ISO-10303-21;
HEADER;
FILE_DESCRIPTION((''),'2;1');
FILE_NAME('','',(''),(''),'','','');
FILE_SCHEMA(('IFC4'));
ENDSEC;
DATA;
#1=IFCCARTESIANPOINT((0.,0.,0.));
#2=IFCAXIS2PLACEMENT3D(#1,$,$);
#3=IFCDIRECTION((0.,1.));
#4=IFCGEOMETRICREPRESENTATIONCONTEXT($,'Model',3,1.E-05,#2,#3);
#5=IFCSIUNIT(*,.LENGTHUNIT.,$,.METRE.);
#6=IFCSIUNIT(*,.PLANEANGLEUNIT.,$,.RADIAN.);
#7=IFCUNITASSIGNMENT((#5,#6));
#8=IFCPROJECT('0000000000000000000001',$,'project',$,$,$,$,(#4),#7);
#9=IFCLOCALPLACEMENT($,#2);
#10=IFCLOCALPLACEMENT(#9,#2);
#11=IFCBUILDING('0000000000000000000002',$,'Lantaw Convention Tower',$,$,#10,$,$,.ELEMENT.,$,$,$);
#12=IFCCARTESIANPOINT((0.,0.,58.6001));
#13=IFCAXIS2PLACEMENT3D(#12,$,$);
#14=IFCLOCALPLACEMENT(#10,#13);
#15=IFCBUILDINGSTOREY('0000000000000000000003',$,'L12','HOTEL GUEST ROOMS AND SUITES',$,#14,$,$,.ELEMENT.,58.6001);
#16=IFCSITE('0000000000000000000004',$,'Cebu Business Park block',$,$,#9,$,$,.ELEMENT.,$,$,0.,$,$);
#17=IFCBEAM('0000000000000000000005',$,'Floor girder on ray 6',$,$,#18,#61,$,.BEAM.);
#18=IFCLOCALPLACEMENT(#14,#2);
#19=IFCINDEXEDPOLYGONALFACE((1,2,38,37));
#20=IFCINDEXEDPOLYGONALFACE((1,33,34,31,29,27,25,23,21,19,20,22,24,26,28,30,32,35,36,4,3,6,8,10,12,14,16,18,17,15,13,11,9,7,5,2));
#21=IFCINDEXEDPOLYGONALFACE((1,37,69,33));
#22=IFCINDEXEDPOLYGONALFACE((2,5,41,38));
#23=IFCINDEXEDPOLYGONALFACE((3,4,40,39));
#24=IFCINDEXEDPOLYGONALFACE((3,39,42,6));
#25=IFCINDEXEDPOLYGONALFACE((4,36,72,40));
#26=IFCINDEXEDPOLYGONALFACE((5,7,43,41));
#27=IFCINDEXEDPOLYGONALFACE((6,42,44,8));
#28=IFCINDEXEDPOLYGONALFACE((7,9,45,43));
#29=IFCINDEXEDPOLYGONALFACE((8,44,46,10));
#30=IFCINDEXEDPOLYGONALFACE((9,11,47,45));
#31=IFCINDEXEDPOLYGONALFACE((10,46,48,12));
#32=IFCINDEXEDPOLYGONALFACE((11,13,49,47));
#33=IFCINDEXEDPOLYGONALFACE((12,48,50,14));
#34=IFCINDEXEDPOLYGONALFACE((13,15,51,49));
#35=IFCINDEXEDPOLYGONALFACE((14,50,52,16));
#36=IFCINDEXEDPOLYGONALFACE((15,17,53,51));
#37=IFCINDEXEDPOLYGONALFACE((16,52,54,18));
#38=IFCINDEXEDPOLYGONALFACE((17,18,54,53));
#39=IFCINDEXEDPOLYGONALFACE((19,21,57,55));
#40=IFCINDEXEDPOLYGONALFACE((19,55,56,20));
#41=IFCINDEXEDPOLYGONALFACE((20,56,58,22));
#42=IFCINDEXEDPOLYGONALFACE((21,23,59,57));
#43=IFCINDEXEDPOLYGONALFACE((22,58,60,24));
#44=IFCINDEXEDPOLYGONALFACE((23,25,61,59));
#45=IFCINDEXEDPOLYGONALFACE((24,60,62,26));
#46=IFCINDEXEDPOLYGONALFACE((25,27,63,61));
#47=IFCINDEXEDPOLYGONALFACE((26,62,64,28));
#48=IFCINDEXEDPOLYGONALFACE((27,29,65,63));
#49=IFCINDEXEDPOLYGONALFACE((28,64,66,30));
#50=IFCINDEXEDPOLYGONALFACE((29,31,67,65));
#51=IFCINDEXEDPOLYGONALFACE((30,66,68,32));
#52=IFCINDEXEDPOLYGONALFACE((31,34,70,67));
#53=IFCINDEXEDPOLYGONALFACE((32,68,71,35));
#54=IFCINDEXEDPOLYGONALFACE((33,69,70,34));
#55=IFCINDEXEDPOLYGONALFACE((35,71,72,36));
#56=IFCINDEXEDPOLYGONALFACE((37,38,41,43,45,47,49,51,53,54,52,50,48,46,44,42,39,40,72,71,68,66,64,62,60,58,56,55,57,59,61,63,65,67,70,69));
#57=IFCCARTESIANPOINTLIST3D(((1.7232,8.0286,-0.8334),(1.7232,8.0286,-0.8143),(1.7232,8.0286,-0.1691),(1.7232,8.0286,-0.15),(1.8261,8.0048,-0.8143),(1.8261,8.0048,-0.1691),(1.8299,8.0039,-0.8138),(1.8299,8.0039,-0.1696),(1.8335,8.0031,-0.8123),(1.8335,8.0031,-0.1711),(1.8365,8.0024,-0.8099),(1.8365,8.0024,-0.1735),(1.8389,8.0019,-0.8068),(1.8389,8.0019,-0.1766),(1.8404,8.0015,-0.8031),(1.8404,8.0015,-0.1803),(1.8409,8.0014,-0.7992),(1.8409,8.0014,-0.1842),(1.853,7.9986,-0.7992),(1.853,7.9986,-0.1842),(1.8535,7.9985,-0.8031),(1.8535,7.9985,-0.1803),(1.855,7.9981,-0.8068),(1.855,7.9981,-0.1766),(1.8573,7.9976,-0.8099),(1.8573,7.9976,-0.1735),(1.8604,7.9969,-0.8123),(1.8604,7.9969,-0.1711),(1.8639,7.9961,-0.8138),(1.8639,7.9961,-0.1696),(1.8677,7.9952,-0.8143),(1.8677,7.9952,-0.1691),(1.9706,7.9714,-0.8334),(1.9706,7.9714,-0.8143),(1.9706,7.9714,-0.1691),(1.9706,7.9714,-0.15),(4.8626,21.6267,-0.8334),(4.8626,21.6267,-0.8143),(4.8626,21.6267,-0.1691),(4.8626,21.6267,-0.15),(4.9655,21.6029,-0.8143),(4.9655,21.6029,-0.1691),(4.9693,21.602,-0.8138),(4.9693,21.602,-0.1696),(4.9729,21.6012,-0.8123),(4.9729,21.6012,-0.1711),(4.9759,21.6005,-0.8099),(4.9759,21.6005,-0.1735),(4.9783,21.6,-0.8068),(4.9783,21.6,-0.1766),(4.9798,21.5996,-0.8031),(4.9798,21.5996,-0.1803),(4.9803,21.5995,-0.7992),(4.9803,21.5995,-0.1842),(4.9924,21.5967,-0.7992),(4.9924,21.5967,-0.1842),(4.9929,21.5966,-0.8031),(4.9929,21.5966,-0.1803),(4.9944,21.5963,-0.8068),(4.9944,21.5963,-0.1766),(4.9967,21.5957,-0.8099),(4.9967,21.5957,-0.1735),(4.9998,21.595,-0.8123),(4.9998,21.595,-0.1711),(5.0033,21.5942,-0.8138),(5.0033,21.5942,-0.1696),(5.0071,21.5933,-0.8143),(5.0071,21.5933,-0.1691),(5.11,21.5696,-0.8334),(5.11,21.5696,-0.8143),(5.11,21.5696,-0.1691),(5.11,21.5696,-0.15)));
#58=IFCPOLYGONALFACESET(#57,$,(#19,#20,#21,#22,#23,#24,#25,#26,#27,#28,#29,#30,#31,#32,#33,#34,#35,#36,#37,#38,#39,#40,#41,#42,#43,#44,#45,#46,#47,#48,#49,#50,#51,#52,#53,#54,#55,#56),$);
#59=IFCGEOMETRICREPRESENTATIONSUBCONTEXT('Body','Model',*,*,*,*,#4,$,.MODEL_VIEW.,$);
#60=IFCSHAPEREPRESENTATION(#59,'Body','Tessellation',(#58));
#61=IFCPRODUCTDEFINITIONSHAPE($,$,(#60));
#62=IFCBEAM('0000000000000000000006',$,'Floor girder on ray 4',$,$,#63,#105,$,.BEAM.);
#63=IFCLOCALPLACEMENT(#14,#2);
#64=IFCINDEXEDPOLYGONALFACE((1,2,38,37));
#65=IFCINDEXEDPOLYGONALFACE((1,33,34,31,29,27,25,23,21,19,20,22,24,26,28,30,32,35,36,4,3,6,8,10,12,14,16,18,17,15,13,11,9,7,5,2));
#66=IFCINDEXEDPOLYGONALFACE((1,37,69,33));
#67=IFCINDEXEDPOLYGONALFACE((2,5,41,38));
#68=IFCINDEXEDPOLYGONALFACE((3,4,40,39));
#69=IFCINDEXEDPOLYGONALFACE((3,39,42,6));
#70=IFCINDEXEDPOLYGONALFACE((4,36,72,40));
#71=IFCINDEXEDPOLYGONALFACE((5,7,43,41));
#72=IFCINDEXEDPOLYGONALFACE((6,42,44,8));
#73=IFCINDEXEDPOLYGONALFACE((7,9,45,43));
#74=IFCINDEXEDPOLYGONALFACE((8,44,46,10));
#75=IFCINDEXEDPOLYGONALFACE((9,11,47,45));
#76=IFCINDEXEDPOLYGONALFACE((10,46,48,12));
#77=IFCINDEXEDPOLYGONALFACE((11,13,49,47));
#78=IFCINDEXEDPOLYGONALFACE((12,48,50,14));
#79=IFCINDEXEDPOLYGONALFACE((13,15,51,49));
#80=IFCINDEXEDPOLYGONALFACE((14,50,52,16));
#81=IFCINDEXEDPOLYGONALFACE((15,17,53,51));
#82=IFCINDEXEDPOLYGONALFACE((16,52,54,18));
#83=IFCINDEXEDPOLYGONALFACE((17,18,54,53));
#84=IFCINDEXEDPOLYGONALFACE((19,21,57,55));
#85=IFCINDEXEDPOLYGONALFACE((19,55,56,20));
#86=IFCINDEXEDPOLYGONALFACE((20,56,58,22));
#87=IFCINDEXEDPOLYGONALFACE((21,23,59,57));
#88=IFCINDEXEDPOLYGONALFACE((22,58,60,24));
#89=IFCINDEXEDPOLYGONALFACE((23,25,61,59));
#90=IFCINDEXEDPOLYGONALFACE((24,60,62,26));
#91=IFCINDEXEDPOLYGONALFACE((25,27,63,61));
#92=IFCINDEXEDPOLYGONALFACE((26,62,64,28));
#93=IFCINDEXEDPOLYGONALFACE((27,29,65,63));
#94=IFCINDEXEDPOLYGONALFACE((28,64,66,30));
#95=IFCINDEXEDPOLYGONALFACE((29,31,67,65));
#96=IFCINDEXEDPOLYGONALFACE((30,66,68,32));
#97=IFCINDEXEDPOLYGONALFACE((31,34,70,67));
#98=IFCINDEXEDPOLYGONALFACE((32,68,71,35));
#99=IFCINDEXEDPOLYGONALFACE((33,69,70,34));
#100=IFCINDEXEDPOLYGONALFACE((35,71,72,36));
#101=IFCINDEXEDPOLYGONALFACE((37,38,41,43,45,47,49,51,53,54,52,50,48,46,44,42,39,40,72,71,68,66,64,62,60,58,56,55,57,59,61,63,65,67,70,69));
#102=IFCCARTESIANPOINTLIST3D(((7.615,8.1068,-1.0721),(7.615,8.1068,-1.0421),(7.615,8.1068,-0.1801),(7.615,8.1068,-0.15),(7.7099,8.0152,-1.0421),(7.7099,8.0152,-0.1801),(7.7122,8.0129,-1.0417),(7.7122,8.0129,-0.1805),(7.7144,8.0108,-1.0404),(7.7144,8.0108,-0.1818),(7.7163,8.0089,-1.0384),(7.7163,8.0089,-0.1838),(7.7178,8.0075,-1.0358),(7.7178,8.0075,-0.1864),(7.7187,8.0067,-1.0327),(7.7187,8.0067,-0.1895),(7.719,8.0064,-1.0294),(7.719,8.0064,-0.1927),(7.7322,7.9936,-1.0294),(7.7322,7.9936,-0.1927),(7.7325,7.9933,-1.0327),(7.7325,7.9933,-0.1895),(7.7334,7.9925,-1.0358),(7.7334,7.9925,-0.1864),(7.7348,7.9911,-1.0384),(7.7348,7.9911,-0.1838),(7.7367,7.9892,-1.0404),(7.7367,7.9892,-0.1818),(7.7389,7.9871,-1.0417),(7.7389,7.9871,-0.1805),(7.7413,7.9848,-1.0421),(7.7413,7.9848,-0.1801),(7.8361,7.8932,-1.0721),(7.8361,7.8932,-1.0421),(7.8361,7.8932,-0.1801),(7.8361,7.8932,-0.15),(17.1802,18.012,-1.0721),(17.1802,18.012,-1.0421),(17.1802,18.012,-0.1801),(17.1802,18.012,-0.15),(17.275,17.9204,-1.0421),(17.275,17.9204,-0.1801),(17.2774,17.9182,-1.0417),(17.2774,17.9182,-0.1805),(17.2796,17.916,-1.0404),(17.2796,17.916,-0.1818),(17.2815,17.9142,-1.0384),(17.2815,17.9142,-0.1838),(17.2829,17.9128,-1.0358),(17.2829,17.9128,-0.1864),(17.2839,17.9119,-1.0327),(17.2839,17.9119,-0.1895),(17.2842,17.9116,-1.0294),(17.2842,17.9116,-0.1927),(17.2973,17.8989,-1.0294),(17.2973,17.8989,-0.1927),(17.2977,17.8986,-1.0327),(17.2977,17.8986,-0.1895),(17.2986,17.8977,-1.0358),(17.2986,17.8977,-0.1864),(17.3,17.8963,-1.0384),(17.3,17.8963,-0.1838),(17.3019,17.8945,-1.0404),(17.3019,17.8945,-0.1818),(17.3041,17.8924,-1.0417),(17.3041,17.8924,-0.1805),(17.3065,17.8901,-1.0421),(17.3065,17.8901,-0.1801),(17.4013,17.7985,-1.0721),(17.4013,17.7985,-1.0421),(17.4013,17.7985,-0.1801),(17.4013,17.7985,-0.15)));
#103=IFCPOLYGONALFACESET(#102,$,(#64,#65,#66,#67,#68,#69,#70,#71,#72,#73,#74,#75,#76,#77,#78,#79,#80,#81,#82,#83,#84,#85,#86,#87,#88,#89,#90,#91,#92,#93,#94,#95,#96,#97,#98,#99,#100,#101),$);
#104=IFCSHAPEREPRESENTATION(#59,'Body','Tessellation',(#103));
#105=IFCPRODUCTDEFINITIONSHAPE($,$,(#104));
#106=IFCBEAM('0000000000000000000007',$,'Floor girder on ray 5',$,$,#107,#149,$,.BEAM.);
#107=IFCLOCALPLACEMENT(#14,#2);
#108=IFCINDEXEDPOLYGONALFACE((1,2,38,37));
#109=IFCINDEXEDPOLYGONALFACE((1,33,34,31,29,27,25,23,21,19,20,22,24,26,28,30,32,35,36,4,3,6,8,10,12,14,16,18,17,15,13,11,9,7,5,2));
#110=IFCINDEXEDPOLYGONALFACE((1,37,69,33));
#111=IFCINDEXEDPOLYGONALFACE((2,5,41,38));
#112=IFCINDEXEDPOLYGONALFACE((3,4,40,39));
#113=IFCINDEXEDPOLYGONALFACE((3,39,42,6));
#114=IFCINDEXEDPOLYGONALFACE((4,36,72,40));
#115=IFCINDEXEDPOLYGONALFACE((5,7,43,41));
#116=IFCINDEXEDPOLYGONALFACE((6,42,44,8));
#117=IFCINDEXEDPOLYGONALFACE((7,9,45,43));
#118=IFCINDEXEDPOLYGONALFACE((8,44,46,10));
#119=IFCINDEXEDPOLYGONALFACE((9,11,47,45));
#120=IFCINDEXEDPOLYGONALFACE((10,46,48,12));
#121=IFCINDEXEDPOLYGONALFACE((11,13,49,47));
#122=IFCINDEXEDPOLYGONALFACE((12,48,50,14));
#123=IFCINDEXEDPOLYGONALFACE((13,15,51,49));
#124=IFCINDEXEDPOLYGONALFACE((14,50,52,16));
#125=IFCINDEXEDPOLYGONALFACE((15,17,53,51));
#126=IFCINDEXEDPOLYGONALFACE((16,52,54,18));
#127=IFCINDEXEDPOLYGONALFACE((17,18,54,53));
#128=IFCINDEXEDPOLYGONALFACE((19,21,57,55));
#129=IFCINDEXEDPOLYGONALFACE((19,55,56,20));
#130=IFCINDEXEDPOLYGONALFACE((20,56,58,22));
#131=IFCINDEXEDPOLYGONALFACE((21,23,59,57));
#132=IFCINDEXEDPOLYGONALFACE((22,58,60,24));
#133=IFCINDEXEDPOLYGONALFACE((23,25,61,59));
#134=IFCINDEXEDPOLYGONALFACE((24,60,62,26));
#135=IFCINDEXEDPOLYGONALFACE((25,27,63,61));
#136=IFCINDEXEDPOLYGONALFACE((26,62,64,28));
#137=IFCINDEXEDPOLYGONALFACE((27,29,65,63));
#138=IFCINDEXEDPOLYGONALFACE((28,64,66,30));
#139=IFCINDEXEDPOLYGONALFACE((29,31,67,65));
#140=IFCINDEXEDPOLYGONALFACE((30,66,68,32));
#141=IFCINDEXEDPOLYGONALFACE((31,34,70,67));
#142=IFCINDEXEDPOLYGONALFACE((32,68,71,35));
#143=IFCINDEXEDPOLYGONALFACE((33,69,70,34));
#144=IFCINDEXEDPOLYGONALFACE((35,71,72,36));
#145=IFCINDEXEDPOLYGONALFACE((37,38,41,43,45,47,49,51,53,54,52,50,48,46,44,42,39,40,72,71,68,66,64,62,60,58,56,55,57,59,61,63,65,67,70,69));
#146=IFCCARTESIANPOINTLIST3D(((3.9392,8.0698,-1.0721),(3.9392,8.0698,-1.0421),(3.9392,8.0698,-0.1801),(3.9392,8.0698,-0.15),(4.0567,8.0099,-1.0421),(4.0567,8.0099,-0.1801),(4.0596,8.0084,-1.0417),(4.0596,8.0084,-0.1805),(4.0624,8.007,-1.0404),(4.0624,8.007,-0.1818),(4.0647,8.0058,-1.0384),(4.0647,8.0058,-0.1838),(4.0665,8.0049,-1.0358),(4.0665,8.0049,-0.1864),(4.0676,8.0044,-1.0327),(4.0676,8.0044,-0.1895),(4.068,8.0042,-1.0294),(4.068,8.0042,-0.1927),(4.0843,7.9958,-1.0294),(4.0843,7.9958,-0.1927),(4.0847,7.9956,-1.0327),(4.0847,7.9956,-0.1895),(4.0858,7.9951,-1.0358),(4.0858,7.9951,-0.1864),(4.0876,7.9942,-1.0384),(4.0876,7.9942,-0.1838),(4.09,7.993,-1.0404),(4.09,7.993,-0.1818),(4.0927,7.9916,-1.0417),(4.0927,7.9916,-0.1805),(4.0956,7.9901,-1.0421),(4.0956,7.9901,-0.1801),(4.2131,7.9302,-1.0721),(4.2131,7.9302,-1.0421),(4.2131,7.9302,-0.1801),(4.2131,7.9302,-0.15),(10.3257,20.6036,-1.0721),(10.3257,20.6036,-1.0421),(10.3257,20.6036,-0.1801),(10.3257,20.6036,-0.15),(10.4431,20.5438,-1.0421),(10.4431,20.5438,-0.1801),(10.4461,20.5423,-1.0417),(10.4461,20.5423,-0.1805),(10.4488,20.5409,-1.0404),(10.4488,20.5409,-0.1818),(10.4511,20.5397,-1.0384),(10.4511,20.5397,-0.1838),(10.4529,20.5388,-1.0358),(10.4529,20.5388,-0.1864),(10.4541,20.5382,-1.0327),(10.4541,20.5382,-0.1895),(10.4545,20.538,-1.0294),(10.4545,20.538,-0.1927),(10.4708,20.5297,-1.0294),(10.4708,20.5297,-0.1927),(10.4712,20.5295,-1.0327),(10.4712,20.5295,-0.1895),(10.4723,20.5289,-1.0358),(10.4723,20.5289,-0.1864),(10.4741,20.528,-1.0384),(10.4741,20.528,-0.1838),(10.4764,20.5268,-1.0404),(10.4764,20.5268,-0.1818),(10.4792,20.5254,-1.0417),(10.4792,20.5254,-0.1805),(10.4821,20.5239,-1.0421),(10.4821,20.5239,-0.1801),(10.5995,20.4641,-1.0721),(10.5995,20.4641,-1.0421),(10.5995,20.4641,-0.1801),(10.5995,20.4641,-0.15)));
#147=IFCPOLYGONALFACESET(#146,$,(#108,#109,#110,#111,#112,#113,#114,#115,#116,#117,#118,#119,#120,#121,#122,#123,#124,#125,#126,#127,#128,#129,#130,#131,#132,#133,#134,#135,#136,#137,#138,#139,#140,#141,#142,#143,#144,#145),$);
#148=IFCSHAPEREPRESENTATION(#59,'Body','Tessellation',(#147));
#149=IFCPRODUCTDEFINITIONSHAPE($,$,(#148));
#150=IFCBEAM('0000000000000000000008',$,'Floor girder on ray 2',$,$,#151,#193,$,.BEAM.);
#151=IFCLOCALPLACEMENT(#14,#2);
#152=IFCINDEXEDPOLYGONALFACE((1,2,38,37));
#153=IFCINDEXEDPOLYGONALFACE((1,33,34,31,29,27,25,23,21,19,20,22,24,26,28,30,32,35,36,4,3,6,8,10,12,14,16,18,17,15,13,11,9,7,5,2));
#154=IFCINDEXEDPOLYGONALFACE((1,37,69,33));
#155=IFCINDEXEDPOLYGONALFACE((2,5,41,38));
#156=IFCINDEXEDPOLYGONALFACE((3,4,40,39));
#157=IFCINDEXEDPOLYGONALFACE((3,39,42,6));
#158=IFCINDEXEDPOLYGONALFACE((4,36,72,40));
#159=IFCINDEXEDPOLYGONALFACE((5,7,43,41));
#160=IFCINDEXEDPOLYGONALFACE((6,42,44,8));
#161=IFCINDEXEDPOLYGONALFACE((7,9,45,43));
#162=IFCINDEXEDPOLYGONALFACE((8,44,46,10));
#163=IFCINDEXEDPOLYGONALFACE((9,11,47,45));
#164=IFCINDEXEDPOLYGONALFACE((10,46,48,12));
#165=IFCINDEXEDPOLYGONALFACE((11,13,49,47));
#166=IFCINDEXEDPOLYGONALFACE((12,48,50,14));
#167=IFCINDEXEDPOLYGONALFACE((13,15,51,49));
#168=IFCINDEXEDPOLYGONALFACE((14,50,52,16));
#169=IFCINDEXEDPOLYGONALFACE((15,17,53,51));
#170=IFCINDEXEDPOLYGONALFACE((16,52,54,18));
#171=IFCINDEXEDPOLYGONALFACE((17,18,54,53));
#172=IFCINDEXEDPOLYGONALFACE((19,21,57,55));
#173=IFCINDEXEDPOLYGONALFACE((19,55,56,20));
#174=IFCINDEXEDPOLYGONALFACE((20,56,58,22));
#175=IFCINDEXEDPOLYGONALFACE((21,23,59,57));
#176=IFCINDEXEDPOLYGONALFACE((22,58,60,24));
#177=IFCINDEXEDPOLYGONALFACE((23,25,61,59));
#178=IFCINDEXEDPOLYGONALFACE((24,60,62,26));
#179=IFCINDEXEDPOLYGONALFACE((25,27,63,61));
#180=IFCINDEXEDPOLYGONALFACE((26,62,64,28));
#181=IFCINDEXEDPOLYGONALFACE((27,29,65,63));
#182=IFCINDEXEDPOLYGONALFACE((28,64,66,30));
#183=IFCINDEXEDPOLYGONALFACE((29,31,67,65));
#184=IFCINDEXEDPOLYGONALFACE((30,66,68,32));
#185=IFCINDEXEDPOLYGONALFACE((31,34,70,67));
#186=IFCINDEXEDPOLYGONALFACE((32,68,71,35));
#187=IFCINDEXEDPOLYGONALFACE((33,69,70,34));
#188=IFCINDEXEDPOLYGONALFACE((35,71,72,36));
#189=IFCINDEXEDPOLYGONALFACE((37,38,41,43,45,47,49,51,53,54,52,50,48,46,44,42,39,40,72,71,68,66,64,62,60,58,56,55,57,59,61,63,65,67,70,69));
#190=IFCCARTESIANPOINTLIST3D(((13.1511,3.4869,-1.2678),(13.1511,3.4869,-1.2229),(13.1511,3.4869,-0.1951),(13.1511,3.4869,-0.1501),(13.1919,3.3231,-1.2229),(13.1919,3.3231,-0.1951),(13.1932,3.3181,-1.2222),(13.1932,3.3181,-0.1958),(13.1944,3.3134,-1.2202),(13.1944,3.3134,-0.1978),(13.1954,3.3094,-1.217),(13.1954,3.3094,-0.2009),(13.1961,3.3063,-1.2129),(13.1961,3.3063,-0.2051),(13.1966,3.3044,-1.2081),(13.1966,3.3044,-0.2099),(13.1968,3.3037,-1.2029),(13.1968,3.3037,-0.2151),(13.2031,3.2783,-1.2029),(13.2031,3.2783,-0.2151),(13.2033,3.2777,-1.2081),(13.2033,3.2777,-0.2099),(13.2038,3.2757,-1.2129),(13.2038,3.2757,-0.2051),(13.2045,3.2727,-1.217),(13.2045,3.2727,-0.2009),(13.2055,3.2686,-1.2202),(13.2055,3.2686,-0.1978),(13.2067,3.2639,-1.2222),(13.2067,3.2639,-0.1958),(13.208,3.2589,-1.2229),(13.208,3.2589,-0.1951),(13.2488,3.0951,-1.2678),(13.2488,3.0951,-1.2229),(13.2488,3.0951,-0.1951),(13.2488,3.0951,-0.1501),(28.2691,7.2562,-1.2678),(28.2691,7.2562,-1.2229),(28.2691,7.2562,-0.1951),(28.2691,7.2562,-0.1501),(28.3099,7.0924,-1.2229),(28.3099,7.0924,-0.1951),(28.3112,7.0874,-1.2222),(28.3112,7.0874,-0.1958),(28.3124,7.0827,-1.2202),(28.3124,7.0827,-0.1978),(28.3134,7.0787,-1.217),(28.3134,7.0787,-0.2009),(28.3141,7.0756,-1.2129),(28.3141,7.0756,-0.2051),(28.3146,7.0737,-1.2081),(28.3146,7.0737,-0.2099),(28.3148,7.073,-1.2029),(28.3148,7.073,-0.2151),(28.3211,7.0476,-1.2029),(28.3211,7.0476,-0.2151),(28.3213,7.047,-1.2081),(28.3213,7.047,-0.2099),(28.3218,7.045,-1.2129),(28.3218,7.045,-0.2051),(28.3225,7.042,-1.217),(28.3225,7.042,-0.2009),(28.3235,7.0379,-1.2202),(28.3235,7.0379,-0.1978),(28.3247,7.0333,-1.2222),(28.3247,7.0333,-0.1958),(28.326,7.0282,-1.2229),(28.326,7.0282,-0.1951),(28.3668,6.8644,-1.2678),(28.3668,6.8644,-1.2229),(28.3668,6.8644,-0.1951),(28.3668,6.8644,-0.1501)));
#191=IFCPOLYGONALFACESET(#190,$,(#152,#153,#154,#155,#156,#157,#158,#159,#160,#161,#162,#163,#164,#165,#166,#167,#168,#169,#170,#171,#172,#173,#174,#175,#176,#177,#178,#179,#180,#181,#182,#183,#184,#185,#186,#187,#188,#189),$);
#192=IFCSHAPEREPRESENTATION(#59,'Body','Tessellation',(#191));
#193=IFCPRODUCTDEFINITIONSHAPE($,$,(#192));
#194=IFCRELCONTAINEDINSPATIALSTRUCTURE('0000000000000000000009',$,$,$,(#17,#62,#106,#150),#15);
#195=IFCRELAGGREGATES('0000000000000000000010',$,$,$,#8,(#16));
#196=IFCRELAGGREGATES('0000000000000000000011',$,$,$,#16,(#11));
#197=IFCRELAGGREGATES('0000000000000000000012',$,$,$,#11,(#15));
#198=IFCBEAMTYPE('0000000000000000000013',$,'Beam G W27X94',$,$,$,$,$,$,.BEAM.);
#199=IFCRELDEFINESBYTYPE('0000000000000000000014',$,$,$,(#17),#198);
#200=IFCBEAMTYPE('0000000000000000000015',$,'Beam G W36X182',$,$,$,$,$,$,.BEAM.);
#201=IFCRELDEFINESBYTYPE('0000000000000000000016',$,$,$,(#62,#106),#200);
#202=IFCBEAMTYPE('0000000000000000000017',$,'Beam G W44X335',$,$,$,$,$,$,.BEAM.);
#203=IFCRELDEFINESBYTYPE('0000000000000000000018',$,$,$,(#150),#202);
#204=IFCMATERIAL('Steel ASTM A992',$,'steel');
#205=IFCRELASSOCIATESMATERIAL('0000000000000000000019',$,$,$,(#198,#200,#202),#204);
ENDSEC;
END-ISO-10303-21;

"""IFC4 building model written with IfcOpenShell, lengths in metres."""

from ifc_helpers import new_model, si_unit, direction, frame, origin, origin_2d, place, context, subcontext, project, spatial, i_section, extrude, material, material_profile, profile_set, type_object, element, save


model = new_model("IFC4")

# Units and contexts
model_context = context("Model", 3, precision=1e-05, world=origin(), true_north=direction((0.0, 1.0)))
body_context = subcontext(model_context, "Body", "Model", "MODEL_VIEW")
ifc_project = project(units=[si_unit("LENGTHUNIT", "METRE"), si_unit("PLANEANGLEUNIT", "RADIAN")], contexts=[model_context])

# Site, building, storey
site_placement = place(None, origin())
site = spatial("IfcSite", under=ifc_project, at=site_placement, Name="Cebu Business Park block", CompositionType="ELEMENT", RefElevation=0.0)
building_placement = place(site_placement, origin())
building = spatial("IfcBuilding", under=site, at=building_placement, Name="Lantaw Convention Tower", CompositionType="ELEMENT")
storey_placement = place(building_placement, frame((0.0, 0.0, 58.6001)))
storey = spatial("IfcBuildingStorey", under=building, at=storey_placement, Name="L12", Description="HOTEL GUEST ROOMS AND SUITES", CompositionType="ELEMENT", Elevation=58.6001)

# Beams
ifc_material_1 = material(Name="Steel ASTM A992", Category="steel")
ifc_material_profile_1 = material_profile(ifc_material_1, i_section(OverallWidth=0.2539, OverallDepth=0.6833, WebThickness=0.0125, FlangeThickness=0.019, FilletRadius=0.0151, at=origin_2d()), Name="W27X94")
ifc_profile_set_1 = profile_set([ifc_material_profile_1], Name="Steel ASTM A992")
beam_type_1 = type_object("IfcBeamType", Name="Beam G W27X94", PredefinedType="BEAM", material=ifc_profile_set_1)
beam_1_placement = place(storey_placement, frame((1.8469, 8.0, -0.4917), z_axis=(0.224953, 0.97437, 0.0), x_axis=(-0.97437, 0.224953, 0.0)))
element("IfcBeam", 1, at=beam_1_placement, inside=storey, type_object=beam_type_1, Name="Floor girder on ray 6", PredefinedType="BEAM", context=body_context, shape_type="SweptSolid", body=[
    extrude(i_section(OverallWidth=0.2539, OverallDepth=0.6833, WebThickness=0.0125, FlangeThickness=0.019, FilletRadius=0.0151, at=origin_2d()), origin(), (0.0, 0.0, 1.0), 13.9558),
])
ifc_material_profile_2 = material_profile(ifc_material_1, i_section(OverallWidth=0.3074, OverallDepth=0.9221, WebThickness=0.0183, FlangeThickness=0.03, FilletRadius=0.0127, at=origin_2d()), Name="W36X182")
ifc_profile_set_2 = profile_set([ifc_material_profile_2], Name="Steel ASTM A992")
beam_type_2 = type_object("IfcBeamType", Name="Beam G W36X182", PredefinedType="BEAM", material=ifc_profile_set_2)
beam_2_placement = place(storey_placement, frame((7.7256, 8.0, -0.6111), z_axis=(0.69465, 0.719348, 0.0), x_axis=(-0.719348, 0.69465, 0.0)))
element("IfcBeam", 2, at=beam_2_placement, inside=storey, type_object=beam_type_2, Name="Floor girder on ray 4", PredefinedType="BEAM", context=body_context, shape_type="SweptSolid", body=[
    extrude(i_section(OverallWidth=0.3074, OverallDepth=0.9221, WebThickness=0.0183, FlangeThickness=0.03, FilletRadius=0.0127, at=origin_2d()), origin(), (0.0, 0.0, 1.0), 13.7698),
])
beam_3_placement = place(storey_placement, frame((4.0762, 8.0, -0.6111), z_axis=(0.453997, 0.891003, 0.0), x_axis=(-0.891003, 0.453997, 0.0)))
element("IfcBeam", 3, at=beam_3_placement, inside=storey, type_object=beam_type_2, Name="Floor girder on ray 5", PredefinedType="BEAM", context=body_context, shape_type="SweptSolid", body=[
    extrude(i_section(OverallWidth=0.3074, OverallDepth=0.9221, WebThickness=0.0183, FlangeThickness=0.03, FilletRadius=0.0127, at=origin_2d()), origin(), (0.0, 0.0, 1.0), 14.0671),
])
ifc_material_profile_3 = material_profile(ifc_material_1, i_section(OverallWidth=0.4038, OverallDepth=1.1177, WebThickness=0.0261, FlangeThickness=0.0449, FilletRadius=0.02, at=origin_2d()), Name="W44X335")
ifc_profile_set_3 = profile_set([ifc_material_profile_3], Name="Steel ASTM A992")
beam_type_3 = type_object("IfcBeamType", Name="Beam G W44X335", PredefinedType="BEAM", material=ifc_profile_set_3)
beam_4_placement = place(storey_placement, frame((13.2, 3.291, -0.709), z_axis=(0.970296, 0.24192, 0.0), x_axis=(-0.24192, 0.970296, 0.0)))
element("IfcBeam", 4, at=beam_4_placement, inside=storey, type_object=beam_type_3, Name="Floor girder on ray 2", PredefinedType="BEAM", context=body_context, shape_type="SweptSolid", body=[
    extrude(i_section(OverallWidth=0.4038, OverallDepth=1.1177, WebThickness=0.0261, FlangeThickness=0.0449, FilletRadius=0.02, at=origin_2d()), origin(), (0.0, 0.0, 1.0), 15.5808),
])

save(model, "model.ifc")
